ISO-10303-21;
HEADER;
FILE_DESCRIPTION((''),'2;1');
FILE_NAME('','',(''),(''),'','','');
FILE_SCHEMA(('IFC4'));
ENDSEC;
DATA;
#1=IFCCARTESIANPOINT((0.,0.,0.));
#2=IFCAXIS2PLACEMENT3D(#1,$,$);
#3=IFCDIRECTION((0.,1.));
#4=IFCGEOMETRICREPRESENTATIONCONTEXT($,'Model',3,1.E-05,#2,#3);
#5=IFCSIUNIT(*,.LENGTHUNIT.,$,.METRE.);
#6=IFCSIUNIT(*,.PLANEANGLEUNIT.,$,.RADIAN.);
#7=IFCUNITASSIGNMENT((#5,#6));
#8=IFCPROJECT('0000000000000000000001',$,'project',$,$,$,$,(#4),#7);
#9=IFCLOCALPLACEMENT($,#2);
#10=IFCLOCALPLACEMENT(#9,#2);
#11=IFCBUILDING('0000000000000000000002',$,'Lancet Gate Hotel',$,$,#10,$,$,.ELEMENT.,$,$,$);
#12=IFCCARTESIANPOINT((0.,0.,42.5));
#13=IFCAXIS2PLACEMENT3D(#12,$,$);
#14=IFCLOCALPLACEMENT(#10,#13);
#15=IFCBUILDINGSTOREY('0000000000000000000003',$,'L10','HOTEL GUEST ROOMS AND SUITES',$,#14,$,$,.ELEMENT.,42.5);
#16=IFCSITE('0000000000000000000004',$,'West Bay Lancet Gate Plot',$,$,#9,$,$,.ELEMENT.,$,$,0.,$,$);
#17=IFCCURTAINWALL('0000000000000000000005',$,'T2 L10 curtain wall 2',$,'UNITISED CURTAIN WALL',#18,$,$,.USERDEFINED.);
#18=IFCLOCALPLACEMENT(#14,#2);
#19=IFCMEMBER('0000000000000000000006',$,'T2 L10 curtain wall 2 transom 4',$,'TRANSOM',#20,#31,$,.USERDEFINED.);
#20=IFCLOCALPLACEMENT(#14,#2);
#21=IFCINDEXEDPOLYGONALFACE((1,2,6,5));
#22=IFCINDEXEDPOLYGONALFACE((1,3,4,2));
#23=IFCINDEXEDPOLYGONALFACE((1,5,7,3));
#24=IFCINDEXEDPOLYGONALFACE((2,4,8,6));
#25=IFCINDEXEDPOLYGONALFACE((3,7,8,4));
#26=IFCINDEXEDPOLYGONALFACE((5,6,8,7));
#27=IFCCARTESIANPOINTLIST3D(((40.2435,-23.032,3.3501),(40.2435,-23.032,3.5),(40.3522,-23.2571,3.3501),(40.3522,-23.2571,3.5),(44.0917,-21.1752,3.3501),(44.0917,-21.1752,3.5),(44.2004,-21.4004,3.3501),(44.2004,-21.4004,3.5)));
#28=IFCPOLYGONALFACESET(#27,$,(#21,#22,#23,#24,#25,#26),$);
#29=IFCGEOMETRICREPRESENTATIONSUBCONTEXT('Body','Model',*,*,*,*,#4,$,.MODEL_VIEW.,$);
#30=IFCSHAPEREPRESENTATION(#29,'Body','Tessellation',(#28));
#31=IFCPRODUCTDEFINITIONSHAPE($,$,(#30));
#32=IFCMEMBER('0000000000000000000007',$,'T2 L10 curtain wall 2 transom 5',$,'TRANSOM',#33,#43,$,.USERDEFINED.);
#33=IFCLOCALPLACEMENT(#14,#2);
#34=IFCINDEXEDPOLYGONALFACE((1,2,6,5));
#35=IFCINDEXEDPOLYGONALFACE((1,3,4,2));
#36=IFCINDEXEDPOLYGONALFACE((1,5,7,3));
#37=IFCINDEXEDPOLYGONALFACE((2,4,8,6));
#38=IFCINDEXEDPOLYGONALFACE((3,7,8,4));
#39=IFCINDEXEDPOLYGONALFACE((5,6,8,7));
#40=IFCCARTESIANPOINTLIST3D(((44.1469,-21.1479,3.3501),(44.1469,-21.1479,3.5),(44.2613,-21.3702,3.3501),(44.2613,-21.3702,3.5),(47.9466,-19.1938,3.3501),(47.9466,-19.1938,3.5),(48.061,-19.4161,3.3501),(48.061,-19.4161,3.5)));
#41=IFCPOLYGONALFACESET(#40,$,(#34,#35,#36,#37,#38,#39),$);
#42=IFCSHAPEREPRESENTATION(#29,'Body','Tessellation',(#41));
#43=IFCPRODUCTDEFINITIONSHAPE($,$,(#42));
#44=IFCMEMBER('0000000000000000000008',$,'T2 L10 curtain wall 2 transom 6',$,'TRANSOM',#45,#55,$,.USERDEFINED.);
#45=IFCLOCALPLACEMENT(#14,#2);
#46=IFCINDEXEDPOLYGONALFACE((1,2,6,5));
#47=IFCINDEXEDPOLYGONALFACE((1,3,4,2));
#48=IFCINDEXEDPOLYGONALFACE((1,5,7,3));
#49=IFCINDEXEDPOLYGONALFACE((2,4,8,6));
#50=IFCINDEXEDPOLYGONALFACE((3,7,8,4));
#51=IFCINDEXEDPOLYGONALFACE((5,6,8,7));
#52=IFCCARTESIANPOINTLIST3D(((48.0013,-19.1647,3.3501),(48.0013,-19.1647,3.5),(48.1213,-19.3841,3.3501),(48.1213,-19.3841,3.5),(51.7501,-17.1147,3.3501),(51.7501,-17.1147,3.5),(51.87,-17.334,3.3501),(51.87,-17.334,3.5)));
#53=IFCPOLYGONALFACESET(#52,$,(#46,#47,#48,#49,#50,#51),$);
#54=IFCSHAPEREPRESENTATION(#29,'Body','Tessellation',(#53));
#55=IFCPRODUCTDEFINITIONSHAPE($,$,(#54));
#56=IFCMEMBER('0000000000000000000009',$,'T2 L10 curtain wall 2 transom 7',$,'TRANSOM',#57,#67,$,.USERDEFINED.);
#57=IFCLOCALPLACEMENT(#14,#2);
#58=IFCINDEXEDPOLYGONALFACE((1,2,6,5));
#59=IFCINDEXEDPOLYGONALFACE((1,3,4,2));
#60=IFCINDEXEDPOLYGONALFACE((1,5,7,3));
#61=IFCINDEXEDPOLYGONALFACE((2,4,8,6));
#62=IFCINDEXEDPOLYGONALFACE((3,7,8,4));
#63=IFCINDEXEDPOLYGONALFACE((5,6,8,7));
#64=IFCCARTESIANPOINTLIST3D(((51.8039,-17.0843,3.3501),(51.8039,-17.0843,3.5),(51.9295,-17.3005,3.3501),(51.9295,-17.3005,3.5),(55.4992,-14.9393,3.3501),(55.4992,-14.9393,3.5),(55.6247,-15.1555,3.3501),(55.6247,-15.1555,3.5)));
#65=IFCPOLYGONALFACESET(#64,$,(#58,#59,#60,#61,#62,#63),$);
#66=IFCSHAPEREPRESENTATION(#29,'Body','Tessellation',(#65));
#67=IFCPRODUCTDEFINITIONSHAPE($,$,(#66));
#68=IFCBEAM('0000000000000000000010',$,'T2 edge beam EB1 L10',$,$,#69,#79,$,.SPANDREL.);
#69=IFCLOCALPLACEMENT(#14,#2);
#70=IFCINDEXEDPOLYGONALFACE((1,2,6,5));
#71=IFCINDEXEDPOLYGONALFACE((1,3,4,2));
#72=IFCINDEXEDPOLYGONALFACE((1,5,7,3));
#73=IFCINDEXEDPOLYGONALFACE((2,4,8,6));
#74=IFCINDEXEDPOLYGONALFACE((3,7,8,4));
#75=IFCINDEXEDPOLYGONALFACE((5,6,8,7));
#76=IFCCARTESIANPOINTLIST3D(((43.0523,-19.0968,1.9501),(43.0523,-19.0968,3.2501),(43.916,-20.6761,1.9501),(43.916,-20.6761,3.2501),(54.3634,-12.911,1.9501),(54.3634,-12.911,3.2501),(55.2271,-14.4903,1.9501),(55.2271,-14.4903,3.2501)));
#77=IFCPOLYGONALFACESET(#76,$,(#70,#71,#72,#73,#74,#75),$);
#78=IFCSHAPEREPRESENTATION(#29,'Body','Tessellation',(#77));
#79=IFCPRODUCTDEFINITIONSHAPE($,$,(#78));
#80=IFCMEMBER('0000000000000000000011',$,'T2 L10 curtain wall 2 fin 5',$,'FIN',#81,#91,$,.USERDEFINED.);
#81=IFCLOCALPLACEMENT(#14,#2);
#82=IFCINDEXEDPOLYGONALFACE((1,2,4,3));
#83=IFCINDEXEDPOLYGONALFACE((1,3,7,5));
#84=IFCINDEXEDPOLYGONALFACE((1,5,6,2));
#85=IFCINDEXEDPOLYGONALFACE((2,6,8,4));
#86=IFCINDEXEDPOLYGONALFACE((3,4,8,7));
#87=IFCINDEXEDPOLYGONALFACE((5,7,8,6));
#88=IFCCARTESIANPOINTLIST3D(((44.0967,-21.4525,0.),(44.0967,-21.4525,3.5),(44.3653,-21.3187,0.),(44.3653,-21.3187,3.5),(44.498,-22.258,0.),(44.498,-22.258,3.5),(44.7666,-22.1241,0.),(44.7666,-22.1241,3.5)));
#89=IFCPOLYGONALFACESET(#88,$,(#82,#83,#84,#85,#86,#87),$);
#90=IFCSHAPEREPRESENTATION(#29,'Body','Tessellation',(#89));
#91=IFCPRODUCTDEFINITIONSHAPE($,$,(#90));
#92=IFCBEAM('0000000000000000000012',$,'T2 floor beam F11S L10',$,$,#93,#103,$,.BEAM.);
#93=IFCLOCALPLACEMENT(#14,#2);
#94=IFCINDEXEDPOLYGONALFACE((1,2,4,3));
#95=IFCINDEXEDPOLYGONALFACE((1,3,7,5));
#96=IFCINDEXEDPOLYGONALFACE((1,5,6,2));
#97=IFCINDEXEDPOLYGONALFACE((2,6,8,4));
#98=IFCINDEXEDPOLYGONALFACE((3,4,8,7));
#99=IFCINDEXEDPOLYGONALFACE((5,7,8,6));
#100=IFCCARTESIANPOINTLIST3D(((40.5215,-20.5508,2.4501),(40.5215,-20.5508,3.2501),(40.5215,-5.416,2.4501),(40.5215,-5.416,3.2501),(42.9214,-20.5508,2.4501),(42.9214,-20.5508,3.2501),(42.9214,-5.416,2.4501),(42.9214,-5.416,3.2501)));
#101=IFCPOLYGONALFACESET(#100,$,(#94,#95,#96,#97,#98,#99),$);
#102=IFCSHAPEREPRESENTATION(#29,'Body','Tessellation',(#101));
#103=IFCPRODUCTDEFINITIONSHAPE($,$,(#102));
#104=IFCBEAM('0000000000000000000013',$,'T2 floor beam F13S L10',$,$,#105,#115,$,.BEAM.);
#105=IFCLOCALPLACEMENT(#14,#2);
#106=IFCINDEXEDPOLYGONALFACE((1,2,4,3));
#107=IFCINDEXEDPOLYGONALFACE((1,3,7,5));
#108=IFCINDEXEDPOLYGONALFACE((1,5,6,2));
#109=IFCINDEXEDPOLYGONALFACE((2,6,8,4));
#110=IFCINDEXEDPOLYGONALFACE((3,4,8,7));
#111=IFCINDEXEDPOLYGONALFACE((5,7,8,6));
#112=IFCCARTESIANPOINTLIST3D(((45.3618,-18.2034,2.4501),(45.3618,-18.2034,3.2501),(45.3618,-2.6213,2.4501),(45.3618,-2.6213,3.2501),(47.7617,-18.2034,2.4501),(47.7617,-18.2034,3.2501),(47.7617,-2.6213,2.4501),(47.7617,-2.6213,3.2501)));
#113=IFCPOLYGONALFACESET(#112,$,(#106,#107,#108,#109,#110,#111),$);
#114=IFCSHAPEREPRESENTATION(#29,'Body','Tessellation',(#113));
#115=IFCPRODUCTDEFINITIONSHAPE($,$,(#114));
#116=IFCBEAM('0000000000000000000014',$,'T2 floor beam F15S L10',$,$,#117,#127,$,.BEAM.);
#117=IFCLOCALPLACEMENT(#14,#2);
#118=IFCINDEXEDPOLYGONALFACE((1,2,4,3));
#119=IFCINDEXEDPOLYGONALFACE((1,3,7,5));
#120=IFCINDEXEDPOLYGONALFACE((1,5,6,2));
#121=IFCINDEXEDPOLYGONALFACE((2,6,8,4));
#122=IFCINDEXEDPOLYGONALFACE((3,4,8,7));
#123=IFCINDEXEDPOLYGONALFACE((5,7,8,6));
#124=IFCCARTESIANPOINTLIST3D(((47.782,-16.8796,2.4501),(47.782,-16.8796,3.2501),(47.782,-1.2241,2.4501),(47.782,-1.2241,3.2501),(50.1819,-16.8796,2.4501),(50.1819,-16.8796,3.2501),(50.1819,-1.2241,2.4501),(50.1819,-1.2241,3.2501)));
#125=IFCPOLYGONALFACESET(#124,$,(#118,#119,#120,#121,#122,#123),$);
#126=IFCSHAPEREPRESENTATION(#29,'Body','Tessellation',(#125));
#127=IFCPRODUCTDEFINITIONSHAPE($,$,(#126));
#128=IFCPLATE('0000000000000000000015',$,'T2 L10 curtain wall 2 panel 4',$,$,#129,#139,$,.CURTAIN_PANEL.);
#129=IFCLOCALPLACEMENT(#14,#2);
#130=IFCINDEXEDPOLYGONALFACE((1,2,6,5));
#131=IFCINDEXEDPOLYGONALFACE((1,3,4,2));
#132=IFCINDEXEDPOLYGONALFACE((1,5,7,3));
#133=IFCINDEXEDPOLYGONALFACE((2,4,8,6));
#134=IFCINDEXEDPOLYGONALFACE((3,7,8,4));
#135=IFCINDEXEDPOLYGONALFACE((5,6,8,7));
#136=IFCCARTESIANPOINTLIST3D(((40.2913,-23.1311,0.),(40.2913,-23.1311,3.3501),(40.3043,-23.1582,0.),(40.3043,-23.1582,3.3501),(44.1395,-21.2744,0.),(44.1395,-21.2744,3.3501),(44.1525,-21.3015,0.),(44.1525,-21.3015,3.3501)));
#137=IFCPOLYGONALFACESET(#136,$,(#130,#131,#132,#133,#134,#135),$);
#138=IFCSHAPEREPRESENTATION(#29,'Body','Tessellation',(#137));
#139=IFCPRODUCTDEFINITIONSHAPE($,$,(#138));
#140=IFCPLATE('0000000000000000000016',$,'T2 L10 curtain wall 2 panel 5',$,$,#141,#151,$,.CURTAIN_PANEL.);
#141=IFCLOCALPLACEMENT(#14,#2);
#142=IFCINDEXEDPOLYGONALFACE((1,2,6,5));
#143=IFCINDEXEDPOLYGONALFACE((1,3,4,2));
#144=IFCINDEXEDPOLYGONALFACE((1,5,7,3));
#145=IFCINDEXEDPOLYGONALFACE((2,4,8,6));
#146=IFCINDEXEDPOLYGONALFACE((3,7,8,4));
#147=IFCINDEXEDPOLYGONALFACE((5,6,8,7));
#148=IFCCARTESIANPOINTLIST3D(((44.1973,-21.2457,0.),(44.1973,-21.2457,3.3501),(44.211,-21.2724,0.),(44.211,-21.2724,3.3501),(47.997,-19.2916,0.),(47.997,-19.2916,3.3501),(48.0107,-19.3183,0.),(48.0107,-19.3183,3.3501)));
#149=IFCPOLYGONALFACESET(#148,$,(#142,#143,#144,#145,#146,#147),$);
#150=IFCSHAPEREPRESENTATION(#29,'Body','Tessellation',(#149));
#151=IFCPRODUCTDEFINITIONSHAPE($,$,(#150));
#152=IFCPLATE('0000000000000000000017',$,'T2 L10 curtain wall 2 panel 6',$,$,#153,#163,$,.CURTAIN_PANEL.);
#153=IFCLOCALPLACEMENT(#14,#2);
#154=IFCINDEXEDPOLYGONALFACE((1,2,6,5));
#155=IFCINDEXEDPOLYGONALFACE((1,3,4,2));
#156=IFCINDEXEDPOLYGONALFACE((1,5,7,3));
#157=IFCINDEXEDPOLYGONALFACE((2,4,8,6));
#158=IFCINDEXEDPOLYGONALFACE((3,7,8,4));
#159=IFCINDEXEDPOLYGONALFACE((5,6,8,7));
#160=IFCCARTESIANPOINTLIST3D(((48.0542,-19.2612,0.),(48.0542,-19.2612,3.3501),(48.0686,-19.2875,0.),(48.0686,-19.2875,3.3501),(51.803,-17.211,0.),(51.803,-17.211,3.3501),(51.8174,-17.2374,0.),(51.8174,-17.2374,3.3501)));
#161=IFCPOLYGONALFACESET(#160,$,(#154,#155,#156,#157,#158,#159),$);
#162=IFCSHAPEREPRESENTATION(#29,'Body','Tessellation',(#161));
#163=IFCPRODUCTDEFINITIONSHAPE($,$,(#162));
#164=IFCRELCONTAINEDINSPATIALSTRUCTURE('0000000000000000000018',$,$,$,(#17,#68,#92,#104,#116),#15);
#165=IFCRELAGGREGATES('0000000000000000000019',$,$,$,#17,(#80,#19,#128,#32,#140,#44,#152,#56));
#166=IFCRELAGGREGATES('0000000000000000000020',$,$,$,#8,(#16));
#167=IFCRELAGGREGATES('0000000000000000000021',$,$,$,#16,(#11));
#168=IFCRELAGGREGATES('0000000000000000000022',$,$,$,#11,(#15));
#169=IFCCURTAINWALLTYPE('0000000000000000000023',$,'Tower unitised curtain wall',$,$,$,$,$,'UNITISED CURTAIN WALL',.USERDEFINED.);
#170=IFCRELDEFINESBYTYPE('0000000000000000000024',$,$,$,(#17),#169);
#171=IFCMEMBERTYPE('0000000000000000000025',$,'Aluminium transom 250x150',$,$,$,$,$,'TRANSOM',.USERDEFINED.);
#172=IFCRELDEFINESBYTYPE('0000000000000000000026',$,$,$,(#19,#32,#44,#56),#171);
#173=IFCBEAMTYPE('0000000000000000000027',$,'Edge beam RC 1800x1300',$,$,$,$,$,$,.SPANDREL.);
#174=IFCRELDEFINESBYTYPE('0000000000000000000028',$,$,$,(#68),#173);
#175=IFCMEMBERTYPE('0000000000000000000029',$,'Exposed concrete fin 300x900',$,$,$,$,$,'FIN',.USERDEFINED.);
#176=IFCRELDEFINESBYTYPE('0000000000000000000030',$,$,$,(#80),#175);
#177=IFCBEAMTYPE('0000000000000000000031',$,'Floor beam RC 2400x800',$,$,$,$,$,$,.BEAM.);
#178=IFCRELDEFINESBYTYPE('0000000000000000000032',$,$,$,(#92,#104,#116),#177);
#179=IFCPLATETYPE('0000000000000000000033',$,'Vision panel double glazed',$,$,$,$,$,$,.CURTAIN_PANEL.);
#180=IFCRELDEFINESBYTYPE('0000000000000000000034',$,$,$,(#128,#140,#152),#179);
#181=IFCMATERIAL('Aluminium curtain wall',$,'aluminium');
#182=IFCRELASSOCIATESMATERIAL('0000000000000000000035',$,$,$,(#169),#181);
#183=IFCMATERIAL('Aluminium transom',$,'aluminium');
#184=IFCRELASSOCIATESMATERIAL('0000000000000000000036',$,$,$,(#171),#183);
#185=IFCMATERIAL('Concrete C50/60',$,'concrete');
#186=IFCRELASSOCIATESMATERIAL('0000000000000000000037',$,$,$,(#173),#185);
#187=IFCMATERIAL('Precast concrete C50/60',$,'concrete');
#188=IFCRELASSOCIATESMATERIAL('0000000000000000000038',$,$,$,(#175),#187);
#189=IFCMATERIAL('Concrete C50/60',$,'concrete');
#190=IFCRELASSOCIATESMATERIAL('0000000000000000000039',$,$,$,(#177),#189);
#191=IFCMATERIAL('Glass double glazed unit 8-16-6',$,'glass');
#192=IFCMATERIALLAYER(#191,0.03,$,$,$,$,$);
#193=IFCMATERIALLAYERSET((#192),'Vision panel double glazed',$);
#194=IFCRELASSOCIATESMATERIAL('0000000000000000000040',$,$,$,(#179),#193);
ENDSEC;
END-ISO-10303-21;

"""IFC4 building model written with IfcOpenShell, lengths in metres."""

from ifc_helpers import new_model, si_unit, direction, frame, origin, origin_2d, place, context, subcontext, project, spatial, rectangle, extrude, material, layer, layer_set, material_profile, profile_set, type_object, element, aggregate, save


model = new_model("IFC4")

# Units and contexts
model_context = context("Model", 3, precision=1e-05, world=origin(), true_north=direction((0.0, 1.0)))
body_context = subcontext(model_context, "Body", "Model", "MODEL_VIEW")
ifc_project = project(units=[si_unit("LENGTHUNIT", "METRE"), si_unit("PLANEANGLEUNIT", "RADIAN")], contexts=[model_context])

# Site, building, storey
site_placement = place(None, origin())
site = spatial("IfcSite", under=ifc_project, at=site_placement, Name="West Bay Lancet Gate Plot", CompositionType="ELEMENT", RefElevation=0.0)
building_placement = place(site_placement, origin())
building = spatial("IfcBuilding", under=site, at=building_placement, Name="Lancet Gate Hotel", CompositionType="ELEMENT")
storey_placement = place(building_placement, frame((0.0, 0.0, 42.5)))
storey = spatial("IfcBuildingStorey", under=building, at=storey_placement, Name="L10", Description="HOTEL GUEST ROOMS AND SUITES", CompositionType="ELEMENT", Elevation=42.5)

# Curtain wall, members
ifc_material_1 = material(Name="Aluminium curtain wall", Category="aluminium")
curtain_wall_type = type_object("IfcCurtainWallType", Name="Tower unitised curtain wall", ElementType="UNITISED CURTAIN WALL", PredefinedType="USERDEFINED", material=ifc_material_1)
curtain_wall_placement = place(storey_placement, origin())
curtain_wall = element("IfcCurtainWall", 1, at=curtain_wall_placement, inside=storey, type_object=curtain_wall_type, Name="T2 L10 curtain wall 2", ObjectType="UNITISED CURTAIN WALL", PredefinedType="USERDEFINED")
ifc_material_2 = material(Name="Aluminium transom", Category="aluminium")
ifc_material_profile_1 = material_profile(ifc_material_2, rectangle(XDim=0.25, YDim=0.1499, at=origin_2d()), Name="TRANSOM 250x150")
ifc_profile_set_1 = profile_set([ifc_material_profile_1], Name="Aluminium transom")
member_type_1 = type_object("IfcMemberType", Name="Aluminium transom 250x150", ElementType="TRANSOM", PredefinedType="USERDEFINED", material=ifc_profile_set_1)
member_1_placement = place(storey_placement, frame((40.2979, -23.1445, 3.425), z_axis=(0.900646, 0.434553, 0.0), x_axis=(-0.434553, 0.900646, 0.0)))
member_1 = element("IfcMember", 2, at=member_1_placement, type_object=member_type_1, Name="T2 L10 curtain wall 2 transom 4", ObjectType="TRANSOM", PredefinedType="USERDEFINED", context=body_context, shape_type="SweptSolid", body=[
    extrude(rectangle(XDim=0.25, YDim=0.1499, at=origin_2d()), origin(), (0.0, 0.0, 1.0), 4.2727),
])
member_2_placement = place(storey_placement, frame((44.2041, -21.259, 3.425), z_axis=(0.889296, 0.457333, 0.0), x_axis=(-0.457333, 0.889296, 0.0)))
member_2 = element("IfcMember", 3, at=member_2_placement, type_object=member_type_1, Name="T2 L10 curtain wall 2 transom 5", ObjectType="TRANSOM", PredefinedType="USERDEFINED", context=body_context, shape_type="SweptSolid", body=[
    extrude(rectangle(XDim=0.25, YDim=0.1499, at=origin_2d()), origin(), (0.0, 0.0, 1.0), 4.2727),
])
member_3_placement = place(storey_placement, frame((48.0613, -19.2744, 3.425), z_axis=(0.877378, 0.479801, 0.0), x_axis=(-0.479801, 0.877378, 0.0)))
member_3 = element("IfcMember", 4, at=member_3_placement, type_object=member_type_1, Name="T2 L10 curtain wall 2 transom 6", ObjectType="TRANSOM", PredefinedType="USERDEFINED", context=body_context, shape_type="SweptSolid", body=[
    extrude(rectangle(XDim=0.25, YDim=0.1499, at=origin_2d()), origin(), (0.0, 0.0, 1.0), 4.2727),
])
member_4_placement = place(storey_placement, frame((51.8667, -17.1924, 3.425), z_axis=(0.864855, 0.502022, 0.0), x_axis=(-0.502022, 0.864855, 0.0)))
member_4 = element("IfcMember", 5, at=member_4_placement, type_object=member_type_1, Name="T2 L10 curtain wall 2 transom 7", ObjectType="TRANSOM", PredefinedType="USERDEFINED", context=body_context, shape_type="SweptSolid", body=[
    extrude(rectangle(XDim=0.25, YDim=0.1499, at=origin_2d()), origin(), (0.0, 0.0, 1.0), 4.2727),
])

# Beam
ifc_material_3 = material(Name="Concrete C50/60", Category="concrete")
ifc_material_profile_2 = material_profile(ifc_material_3, rectangle(XDim=1.8, YDim=1.3, at=origin_2d()), Name="RC 1800x1300")
ifc_profile_set_2 = profile_set([ifc_material_profile_2], Name="Concrete C50/60")
beam_type_1 = type_object("IfcBeamType", Name="Edge beam RC 1800x1300", PredefinedType="SPANDREL", material=ifc_profile_set_2)
beam_1_placement = place(storey_placement, frame((43.4841, -19.8865, 2.6001), z_axis=(0.877369, 0.479816, 0.0), x_axis=(-0.479816, 0.877369, 0.0)))
element("IfcBeam", 6, at=beam_1_placement, inside=storey, type_object=beam_type_1, Name="T2 edge beam EB1 L10", PredefinedType="SPANDREL", context=body_context, shape_type="SweptSolid", body=[
    extrude(rectangle(XDim=1.8, YDim=1.3, at=origin_2d()), origin(), (0.0, 0.0, 1.0), 12.8921),
])

# Member
ifc_material_4 = material(Name="Precast concrete C50/60", Category="concrete")
ifc_material_profile_3 = material_profile(ifc_material_4, rectangle(XDim=0.3, YDim=0.8999, at=origin_2d()), Name="FIN 300x900")
ifc_profile_set_3 = profile_set([ifc_material_profile_3], Name="Precast concrete C50/60")
member_type_2 = type_object("IfcMemberType", Name="Exposed concrete fin 300x900", ElementType="FIN", PredefinedType="USERDEFINED", material=ifc_profile_set_3)
member_5_placement = place(storey_placement, frame((44.4316, -21.7883, 0.0), z_axis=(0.0, 0.0, 1.0), x_axis=(0.895044, 0.445978, 0.0)))
member_5 = element("IfcMember", 7, at=member_5_placement, type_object=member_type_2, Name="T2 L10 curtain wall 2 fin 5", ObjectType="FIN", PredefinedType="USERDEFINED", context=body_context, shape_type="SweptSolid", body=[
    extrude(rectangle(XDim=0.3, YDim=0.8999, at=origin_2d()), origin(), (0.0, 0.0, 1.0), 3.5),
])

# Beams
ifc_material_5 = material(Name="Concrete C50/60", Category="concrete")
ifc_material_profile_4 = material_profile(ifc_material_5, rectangle(XDim=2.3999, YDim=0.8, at=origin_2d()), Name="RC 2400x800")
ifc_profile_set_4 = profile_set([ifc_material_profile_4], Name="Concrete C50/60")
beam_type_2 = type_object("IfcBeamType", Name="Floor beam RC 2400x800", PredefinedType="BEAM", material=ifc_profile_set_4)
beam_2_placement = place(storey_placement, frame((41.7214, -20.5508, 2.8501), z_axis=(0.0, 1.0, 0.0), x_axis=(-1.0, 0.0, 0.0)))
element("IfcBeam", 8, at=beam_2_placement, inside=storey, type_object=beam_type_2, Name="T2 floor beam F11S L10", PredefinedType="BEAM", context=body_context, shape_type="SweptSolid", body=[
    extrude(rectangle(XDim=2.3999, YDim=0.8, at=origin_2d()), origin(), (0.0, 0.0, 1.0), 15.1348),
])
beam_3_placement = place(storey_placement, frame((46.5618, -18.2034, 2.8501), z_axis=(0.0, 1.0, 0.0), x_axis=(-1.0, 0.0, 0.0)))
element("IfcBeam", 9, at=beam_3_placement, inside=storey, type_object=beam_type_2, Name="T2 floor beam F13S L10", PredefinedType="BEAM", context=body_context, shape_type="SweptSolid", body=[
    extrude(rectangle(XDim=2.3999, YDim=0.8, at=origin_2d()), origin(), (0.0, 0.0, 1.0), 15.582),
])
beam_4_placement = place(storey_placement, frame((48.9819, -16.8796, 2.8501), z_axis=(0.0, 1.0, 0.0), x_axis=(-1.0, 0.0, 0.0)))
element("IfcBeam", 10, at=beam_4_placement, inside=storey, type_object=beam_type_2, Name="T2 floor beam F15S L10", PredefinedType="BEAM", context=body_context, shape_type="SweptSolid", body=[
    extrude(rectangle(XDim=2.3999, YDim=0.8, at=origin_2d()), origin(), (0.0, 0.0, 1.0), 15.6555),
])

# Plates
ifc_material_6 = material(Name="Glass double glazed unit 8-16-6", Category="glass")
ifc_layer = layer(ifc_material_6, 0.03)
ifc_layer_set = layer_set([ifc_layer], Name="Vision panel double glazed")
plate_type = type_object("IfcPlateType", Name="Vision panel double glazed", PredefinedType="CURTAIN_PANEL", material=ifc_layer_set)
plate_1_placement = place(storey_placement, frame((42.2219, -22.2163, 0.0), z_axis=(0.0, 0.0, 1.0), x_axis=(0.900647, 0.43455, 0.0)))
plate_1 = element("IfcPlate", 11, at=plate_1_placement, type_object=plate_type, Name="T2 L10 curtain wall 2 panel 4", PredefinedType="CURTAIN_PANEL", context=body_context, shape_type="SweptSolid", body=[
    extrude(rectangle(XDim=4.2727, YDim=0.03, at=origin_2d()), origin(), (0.0, 0.0, 1.0), 3.3501),
])
plate_2_placement = place(storey_placement, frame((46.104, -20.282, 0.0), z_axis=(0.0, 0.0, 1.0), x_axis=(0.889296, 0.457332, 0.0)))
plate_2 = element("IfcPlate", 12, at=plate_2_placement, type_object=plate_type, Name="T2 L10 curtain wall 2 panel 5", PredefinedType="CURTAIN_PANEL", context=body_context, shape_type="SweptSolid", body=[
    extrude(rectangle(XDim=4.2727, YDim=0.03, at=origin_2d()), origin(), (0.0, 0.0, 1.0), 3.3501),
])
plate_3_placement = place(storey_placement, frame((49.9358, -18.2493, 0.0), z_axis=(0.0, 0.0, 1.0), x_axis=(0.877368, 0.479818, 0.0)))
plate_3 = element("IfcPlate", 13, at=plate_3_placement, type_object=plate_type, Name="T2 L10 curtain wall 2 panel 6", PredefinedType="CURTAIN_PANEL", context=body_context, shape_type="SweptSolid", body=[
    extrude(rectangle(XDim=4.2727, YDim=0.03, at=origin_2d()), origin(), (0.0, 0.0, 1.0), 3.3501),
])
aggregate(curtain_wall, [member_5, member_1, plate_1, member_2, plate_2, member_3, plate_3, member_4])

save(model, "model.ifc")
